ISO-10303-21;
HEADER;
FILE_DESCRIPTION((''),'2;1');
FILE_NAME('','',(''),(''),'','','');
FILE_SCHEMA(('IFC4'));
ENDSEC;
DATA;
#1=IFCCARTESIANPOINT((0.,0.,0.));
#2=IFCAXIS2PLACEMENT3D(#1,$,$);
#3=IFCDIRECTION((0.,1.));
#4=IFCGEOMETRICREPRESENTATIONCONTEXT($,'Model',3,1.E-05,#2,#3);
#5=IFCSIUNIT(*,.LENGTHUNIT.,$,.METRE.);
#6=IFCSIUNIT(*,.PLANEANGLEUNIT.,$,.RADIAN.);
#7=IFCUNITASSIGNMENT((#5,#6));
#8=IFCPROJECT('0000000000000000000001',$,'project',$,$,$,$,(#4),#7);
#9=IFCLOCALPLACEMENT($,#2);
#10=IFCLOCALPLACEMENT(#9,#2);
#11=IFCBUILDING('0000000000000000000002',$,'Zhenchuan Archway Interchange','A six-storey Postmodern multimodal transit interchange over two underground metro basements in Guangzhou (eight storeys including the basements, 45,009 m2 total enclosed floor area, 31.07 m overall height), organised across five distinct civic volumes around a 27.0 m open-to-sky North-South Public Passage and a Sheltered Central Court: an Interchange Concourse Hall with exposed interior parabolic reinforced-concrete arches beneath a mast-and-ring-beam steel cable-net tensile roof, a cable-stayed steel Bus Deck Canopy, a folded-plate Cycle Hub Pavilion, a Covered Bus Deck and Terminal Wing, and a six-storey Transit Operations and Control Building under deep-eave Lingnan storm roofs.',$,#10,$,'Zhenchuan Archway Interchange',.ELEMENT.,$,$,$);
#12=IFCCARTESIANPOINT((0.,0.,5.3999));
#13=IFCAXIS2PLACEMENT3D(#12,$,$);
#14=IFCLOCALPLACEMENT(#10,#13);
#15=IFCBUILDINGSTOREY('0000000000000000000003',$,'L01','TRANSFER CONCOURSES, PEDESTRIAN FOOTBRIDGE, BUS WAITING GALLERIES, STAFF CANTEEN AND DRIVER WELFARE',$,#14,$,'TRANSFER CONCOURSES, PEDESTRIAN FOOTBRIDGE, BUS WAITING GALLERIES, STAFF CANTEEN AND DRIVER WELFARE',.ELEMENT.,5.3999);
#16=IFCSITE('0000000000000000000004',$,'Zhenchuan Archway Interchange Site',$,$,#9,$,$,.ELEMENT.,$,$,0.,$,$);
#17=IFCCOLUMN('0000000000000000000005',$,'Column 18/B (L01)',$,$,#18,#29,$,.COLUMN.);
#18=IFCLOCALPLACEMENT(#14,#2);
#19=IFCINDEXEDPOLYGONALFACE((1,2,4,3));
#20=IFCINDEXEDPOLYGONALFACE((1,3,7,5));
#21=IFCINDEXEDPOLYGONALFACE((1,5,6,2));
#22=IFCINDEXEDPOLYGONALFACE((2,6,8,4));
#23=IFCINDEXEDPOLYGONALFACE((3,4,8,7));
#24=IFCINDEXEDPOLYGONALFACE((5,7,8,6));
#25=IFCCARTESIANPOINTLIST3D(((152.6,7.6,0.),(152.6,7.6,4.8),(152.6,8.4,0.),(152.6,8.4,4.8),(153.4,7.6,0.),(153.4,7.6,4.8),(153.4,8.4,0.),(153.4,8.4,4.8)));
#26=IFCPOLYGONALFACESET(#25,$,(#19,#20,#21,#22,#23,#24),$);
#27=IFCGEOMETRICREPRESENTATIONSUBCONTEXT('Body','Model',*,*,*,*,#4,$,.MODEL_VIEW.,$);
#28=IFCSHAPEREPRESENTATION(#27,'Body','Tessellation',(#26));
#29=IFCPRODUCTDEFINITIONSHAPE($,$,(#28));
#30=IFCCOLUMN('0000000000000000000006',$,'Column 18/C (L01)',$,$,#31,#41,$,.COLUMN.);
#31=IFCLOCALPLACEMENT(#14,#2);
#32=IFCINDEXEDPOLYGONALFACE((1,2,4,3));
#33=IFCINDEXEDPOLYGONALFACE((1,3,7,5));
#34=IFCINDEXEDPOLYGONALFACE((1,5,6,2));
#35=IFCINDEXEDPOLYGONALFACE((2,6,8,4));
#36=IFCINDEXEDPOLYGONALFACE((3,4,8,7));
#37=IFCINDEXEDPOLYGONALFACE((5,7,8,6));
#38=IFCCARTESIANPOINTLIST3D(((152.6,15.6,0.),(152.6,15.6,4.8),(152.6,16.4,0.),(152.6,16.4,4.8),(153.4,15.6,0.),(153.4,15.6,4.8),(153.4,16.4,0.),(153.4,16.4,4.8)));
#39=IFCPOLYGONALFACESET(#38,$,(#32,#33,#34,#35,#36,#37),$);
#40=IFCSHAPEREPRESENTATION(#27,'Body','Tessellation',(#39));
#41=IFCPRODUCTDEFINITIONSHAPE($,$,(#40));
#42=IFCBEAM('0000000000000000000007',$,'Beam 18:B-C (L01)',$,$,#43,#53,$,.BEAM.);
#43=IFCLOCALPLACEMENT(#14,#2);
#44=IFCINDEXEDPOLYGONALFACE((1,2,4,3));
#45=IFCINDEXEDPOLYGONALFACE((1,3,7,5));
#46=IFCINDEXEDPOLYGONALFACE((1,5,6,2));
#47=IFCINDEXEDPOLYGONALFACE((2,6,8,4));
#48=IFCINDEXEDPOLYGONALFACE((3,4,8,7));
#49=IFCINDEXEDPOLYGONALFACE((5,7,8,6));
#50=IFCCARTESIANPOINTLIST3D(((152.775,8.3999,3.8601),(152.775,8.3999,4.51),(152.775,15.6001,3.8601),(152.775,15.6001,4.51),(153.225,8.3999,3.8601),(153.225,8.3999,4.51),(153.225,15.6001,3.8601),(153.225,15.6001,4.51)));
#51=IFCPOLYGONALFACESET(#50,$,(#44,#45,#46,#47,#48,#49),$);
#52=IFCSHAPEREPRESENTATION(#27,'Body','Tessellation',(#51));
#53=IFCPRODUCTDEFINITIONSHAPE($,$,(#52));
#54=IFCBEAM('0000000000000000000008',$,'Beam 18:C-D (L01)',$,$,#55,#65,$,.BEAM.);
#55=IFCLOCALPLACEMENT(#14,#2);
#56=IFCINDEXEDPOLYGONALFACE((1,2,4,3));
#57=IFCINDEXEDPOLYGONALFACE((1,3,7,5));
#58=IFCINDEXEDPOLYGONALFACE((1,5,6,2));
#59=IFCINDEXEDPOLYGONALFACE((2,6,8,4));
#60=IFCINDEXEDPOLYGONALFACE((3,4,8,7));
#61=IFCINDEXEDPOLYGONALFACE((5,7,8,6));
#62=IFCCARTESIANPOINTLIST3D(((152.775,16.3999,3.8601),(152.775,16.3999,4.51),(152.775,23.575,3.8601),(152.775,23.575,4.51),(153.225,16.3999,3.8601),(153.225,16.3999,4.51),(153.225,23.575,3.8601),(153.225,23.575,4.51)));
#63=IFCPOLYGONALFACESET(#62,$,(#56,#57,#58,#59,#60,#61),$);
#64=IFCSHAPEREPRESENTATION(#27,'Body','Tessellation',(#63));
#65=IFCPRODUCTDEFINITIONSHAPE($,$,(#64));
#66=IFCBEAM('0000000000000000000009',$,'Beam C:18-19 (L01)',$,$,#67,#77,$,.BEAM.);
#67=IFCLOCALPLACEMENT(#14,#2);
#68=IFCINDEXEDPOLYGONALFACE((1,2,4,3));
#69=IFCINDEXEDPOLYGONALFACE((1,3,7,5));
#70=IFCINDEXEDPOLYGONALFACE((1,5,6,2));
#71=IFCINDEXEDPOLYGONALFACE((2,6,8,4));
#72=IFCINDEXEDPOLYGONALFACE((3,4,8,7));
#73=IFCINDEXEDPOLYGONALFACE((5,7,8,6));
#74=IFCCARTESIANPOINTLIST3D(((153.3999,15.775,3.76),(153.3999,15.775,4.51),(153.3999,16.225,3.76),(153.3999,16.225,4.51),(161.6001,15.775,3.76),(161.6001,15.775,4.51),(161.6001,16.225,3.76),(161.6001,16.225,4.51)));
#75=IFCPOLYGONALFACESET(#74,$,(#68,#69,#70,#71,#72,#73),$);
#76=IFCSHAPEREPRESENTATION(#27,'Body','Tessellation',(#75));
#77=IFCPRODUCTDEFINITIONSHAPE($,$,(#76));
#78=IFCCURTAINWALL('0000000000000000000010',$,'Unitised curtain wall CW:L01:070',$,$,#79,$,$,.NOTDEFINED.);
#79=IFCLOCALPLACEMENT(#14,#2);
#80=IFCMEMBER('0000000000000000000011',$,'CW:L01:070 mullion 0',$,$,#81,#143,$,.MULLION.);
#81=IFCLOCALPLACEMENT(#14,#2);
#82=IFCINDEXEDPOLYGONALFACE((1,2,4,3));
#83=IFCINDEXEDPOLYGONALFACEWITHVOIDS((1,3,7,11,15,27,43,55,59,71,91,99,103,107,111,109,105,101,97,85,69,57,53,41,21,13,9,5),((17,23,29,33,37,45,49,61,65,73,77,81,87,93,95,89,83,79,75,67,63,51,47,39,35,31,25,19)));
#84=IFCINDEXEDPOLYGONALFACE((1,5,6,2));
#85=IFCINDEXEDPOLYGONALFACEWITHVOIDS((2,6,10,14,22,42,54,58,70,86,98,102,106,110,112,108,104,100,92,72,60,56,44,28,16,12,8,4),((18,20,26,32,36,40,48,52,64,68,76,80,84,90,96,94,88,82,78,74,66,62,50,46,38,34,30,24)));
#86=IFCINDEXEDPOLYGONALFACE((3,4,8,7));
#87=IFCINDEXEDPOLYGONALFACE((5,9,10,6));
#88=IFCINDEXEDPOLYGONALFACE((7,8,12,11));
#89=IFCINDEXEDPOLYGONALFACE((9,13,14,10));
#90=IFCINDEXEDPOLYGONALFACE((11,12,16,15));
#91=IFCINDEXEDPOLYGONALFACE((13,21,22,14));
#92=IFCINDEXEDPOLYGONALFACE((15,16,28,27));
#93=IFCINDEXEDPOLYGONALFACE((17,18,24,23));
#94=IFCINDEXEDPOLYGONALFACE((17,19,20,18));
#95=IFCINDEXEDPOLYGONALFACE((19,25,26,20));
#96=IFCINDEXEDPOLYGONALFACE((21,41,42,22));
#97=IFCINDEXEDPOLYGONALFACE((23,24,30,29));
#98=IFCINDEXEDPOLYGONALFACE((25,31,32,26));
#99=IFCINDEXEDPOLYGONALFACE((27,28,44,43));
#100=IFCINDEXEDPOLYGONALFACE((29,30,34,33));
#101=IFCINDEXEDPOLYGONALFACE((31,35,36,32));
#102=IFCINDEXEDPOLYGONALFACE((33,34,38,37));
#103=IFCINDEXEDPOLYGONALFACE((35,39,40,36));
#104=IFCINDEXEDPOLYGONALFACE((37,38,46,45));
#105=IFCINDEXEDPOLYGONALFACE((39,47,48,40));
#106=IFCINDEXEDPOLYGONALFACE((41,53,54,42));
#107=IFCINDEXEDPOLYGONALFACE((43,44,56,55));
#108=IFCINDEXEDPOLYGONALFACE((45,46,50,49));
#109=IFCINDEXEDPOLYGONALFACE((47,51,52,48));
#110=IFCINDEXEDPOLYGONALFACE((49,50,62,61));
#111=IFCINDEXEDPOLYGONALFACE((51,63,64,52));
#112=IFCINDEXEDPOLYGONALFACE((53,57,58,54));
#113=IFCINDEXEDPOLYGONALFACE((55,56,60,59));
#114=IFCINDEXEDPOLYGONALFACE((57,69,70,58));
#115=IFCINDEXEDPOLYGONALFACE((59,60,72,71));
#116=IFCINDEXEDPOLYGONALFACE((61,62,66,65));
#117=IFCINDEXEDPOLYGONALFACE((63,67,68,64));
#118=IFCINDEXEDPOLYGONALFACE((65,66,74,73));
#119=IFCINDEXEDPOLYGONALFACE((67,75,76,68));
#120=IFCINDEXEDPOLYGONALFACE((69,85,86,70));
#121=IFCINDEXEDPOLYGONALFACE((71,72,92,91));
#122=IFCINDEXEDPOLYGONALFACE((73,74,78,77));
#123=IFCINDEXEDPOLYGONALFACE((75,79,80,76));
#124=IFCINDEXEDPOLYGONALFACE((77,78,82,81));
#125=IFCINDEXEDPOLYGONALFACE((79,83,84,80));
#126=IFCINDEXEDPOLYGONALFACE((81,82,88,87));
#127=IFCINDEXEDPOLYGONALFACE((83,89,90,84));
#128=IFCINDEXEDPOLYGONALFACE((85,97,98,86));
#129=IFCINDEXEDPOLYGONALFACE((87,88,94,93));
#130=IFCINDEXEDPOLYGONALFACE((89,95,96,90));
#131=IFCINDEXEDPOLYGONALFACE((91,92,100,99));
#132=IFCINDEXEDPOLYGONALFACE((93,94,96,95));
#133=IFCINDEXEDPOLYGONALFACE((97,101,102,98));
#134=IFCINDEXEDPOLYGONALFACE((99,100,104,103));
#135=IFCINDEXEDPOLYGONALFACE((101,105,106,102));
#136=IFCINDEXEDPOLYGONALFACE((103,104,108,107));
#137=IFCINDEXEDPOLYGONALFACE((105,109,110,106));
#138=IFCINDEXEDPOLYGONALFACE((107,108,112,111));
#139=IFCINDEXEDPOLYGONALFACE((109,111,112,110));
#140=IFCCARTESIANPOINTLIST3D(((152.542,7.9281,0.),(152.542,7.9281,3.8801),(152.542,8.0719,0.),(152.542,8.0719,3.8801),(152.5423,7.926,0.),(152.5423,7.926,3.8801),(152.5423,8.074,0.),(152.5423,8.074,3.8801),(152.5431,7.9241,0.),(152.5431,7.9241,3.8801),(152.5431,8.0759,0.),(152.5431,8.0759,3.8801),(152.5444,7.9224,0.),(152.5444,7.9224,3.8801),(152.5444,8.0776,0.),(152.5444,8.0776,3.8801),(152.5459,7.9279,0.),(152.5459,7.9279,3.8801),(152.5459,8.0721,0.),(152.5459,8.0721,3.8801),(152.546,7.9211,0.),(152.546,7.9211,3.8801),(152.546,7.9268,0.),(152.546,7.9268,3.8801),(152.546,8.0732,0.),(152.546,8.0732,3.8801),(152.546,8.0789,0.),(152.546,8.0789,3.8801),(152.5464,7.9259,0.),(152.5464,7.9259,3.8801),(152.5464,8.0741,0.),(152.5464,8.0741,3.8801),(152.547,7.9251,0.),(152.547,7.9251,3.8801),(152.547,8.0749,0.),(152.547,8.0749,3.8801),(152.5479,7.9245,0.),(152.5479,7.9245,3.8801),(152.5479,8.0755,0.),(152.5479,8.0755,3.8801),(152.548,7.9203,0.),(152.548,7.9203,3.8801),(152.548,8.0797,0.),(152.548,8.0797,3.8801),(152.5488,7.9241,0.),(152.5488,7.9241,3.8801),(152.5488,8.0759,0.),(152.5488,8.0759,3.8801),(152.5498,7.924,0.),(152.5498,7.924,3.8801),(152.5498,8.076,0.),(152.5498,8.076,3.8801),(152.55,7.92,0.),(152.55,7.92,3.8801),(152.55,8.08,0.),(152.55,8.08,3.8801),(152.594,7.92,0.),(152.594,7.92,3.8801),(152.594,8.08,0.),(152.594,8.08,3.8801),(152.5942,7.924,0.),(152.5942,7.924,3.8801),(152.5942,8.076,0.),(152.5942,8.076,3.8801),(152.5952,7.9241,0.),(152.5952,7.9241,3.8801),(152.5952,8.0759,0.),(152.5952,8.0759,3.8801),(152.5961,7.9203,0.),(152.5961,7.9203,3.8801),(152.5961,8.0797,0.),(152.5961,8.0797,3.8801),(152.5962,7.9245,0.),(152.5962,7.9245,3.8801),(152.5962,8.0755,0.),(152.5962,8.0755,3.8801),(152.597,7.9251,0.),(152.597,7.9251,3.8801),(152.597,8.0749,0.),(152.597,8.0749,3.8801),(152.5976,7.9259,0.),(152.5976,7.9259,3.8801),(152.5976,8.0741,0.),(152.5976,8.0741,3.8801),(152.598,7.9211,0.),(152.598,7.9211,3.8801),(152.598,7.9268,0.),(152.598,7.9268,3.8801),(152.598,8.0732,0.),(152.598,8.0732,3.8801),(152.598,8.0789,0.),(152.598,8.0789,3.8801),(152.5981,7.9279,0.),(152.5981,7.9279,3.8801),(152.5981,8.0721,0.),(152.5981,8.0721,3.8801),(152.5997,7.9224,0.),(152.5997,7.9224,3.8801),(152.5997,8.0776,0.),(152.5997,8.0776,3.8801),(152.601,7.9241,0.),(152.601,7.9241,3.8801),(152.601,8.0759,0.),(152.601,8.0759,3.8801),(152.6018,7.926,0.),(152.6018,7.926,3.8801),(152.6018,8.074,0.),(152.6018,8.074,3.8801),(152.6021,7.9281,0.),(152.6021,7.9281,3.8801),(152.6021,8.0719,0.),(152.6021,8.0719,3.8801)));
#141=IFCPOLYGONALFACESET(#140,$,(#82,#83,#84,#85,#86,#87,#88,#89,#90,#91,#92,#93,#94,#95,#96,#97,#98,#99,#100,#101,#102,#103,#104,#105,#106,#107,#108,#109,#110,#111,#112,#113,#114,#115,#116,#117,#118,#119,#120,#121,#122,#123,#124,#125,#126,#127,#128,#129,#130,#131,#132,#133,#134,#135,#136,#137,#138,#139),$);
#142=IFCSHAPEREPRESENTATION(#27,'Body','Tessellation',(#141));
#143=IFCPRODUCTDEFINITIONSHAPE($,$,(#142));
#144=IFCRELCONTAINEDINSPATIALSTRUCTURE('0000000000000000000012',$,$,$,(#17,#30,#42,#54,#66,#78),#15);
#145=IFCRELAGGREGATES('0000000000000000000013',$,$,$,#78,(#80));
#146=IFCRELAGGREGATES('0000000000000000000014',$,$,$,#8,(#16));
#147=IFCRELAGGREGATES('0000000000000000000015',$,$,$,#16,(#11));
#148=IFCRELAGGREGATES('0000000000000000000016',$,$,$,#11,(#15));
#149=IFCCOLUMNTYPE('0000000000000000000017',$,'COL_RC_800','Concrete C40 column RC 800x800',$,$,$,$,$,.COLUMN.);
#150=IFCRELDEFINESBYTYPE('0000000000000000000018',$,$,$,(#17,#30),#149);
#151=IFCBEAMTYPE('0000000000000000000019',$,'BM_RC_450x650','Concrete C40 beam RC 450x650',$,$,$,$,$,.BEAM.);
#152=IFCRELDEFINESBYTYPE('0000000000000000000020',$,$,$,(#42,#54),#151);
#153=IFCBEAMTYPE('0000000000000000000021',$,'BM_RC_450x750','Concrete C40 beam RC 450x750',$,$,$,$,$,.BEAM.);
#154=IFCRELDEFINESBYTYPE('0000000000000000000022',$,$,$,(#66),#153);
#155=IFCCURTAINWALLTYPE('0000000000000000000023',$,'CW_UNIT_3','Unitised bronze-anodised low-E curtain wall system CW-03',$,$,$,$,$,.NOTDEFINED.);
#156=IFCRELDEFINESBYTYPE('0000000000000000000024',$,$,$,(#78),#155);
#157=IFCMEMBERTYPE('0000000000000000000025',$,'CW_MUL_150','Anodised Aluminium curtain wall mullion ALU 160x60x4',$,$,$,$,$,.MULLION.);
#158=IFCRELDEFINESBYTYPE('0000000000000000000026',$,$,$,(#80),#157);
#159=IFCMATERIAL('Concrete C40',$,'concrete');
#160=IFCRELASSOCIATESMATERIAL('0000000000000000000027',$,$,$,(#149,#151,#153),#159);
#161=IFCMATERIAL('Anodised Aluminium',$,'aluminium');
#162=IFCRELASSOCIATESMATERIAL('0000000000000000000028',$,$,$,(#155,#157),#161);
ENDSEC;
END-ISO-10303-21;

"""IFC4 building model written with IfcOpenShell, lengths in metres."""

from ifc_helpers import new_model, si_unit, direction, frame, origin, origin_2d, place, context, subcontext, project, spatial, rectangle, hollow_rectangle, extrude, material, material_profile, profile_set, type_object, element, aggregate, save


model = new_model("IFC4")

# Units and contexts
model_context = context("Model", 3, precision=1e-05, world=origin(), true_north=direction((0.0, 1.0)))
body_context = subcontext(model_context, "Body", "Model", "MODEL_VIEW")
ifc_project = project(units=[si_unit("LENGTHUNIT", "METRE"), si_unit("PLANEANGLEUNIT", "RADIAN")], contexts=[model_context])

# Site, building, storey
site_placement = place(None, origin())
site = spatial("IfcSite", under=ifc_project, at=site_placement, Name="Zhenchuan Archway Interchange Site", CompositionType="ELEMENT", RefElevation=0.0)
building_placement = place(site_placement, origin())
building = spatial("IfcBuilding", under=site, at=building_placement, Name="Zhenchuan Archway Interchange", Description="A six-storey Postmodern multimodal transit interchange over two underground metro basements in Guangzhou (eight storeys including the basements, 45,009 m2 total enclosed floor area, 31.07 m overall height), organised across five distinct civic volumes around a 27.0 m open-to-sky North-South Public Passage and a Sheltered Central Court: an Interchange Concourse Hall with exposed interior parabolic reinforced-concrete arches beneath a mast-and-ring-beam steel cable-net tensile roof, a cable-stayed steel Bus Deck Canopy, a folded-plate Cycle Hub Pavilion, a Covered Bus Deck and Terminal Wing, and a six-storey Transit Operations and Control Building under deep-eave Lingnan storm roofs.", LongName="Zhenchuan Archway Interchange", CompositionType="ELEMENT")
storey_placement = place(building_placement, frame((0.0, 0.0, 5.3999)))
storey = spatial("IfcBuildingStorey", under=building, at=storey_placement, Name="L01", Description="TRANSFER CONCOURSES, PEDESTRIAN FOOTBRIDGE, BUS WAITING GALLERIES, STAFF CANTEEN AND DRIVER WELFARE", LongName="TRANSFER CONCOURSES, PEDESTRIAN FOOTBRIDGE, BUS WAITING GALLERIES, STAFF CANTEEN AND DRIVER WELFARE", CompositionType="ELEMENT", Elevation=5.3999)

# Columns
ifc_material_1 = material(Name="Concrete C40", Category="concrete")
ifc_material_profile_1 = material_profile(ifc_material_1, rectangle(XDim=0.8, YDim=0.8, at=origin_2d()), Name="RC 800x800")
ifc_profile_set_1 = profile_set([ifc_material_profile_1], Name="Concrete C40")
column_type = type_object("IfcColumnType", Name="COL_RC_800", Description="Concrete C40 column RC 800x800", PredefinedType="COLUMN", material=ifc_profile_set_1)
for number, where, z_axis, x_axis, name in (
    (1, (153.0, 8.0, 0.0), (0.0, 0.0, 1.0), (1.0, 0.0, 0.0), "Column 18/B (L01)"),
    (2, (153.0, 16.0, 0.0), (0.0, 0.0, 1.0), (1.0, 0.0, 0.0), "Column 18/C (L01)"),
):
    element("IfcColumn", number, at=place(storey_placement, frame(where, z_axis=z_axis, x_axis=x_axis)), inside=storey, type_object=column_type, Name=name, PredefinedType="COLUMN", context=body_context, shape_type="SweptSolid", body=[
        extrude(rectangle(XDim=0.8, YDim=0.8, at=origin_2d()), origin(), (0.0, 0.0, 1.0), 4.8),
    ])

# Beams
ifc_material_profile_2 = material_profile(ifc_material_1, rectangle(XDim=0.45, YDim=0.6499, at=origin_2d()), Name="RC 450x650")
ifc_profile_set_2 = profile_set([ifc_material_profile_2], Name="Concrete C40")
beam_type_1 = type_object("IfcBeamType", Name="BM_RC_450x650", Description="Concrete C40 beam RC 450x650", PredefinedType="BEAM", material=ifc_profile_set_2)
beam_1_placement = place(storey_placement, frame((153.0, 8.3999, 4.1851), z_axis=(0.0, 1.0, 0.0), x_axis=(-1.0, 0.0, 0.0)))
element("IfcBeam", 3, at=beam_1_placement, inside=storey, type_object=beam_type_1, Name="Beam 18:B-C (L01)", PredefinedType="BEAM", context=body_context, shape_type="SweptSolid", body=[
    extrude(rectangle(XDim=0.45, YDim=0.6499, at=origin_2d()), origin(), (0.0, 0.0, 1.0), 7.2002),
])
beam_2_placement = place(storey_placement, frame((153.0, 16.3999, 4.1851), z_axis=(0.0, 1.0, 0.0), x_axis=(-1.0, 0.0, 0.0)))
element("IfcBeam", 4, at=beam_2_placement, inside=storey, type_object=beam_type_1, Name="Beam 18:C-D (L01)", PredefinedType="BEAM", context=body_context, shape_type="SweptSolid", body=[
    extrude(rectangle(XDim=0.45, YDim=0.6499, at=origin_2d()), origin(), (0.0, 0.0, 1.0), 7.175),
])
ifc_material_profile_3 = material_profile(ifc_material_1, rectangle(XDim=0.45, YDim=0.75, at=origin_2d()), Name="RC 450x750")
ifc_profile_set_3 = profile_set([ifc_material_profile_3], Name="Concrete C40")
beam_type_2 = type_object("IfcBeamType", Name="BM_RC_450x750", Description="Concrete C40 beam RC 450x750", PredefinedType="BEAM", material=ifc_profile_set_3)
beam_3_placement = place(storey_placement, frame((153.3999, 16.0, 4.135), z_axis=(1.0, 0.0, 0.0), x_axis=(0.0, 1.0, 0.0)))
element("IfcBeam", 5, at=beam_3_placement, inside=storey, type_object=beam_type_2, Name="Beam C:18-19 (L01)", PredefinedType="BEAM", context=body_context, shape_type="SweptSolid", body=[
    extrude(rectangle(XDim=0.45, YDim=0.75, at=origin_2d()), origin(), (0.0, 0.0, 1.0), 8.2002),
])

# Curtain wall, member
ifc_material_2 = material(Name="Anodised Aluminium", Category="aluminium")
curtain_wall_type = type_object("IfcCurtainWallType", Name="CW_UNIT_3", Description="Unitised bronze-anodised low-E curtain wall system CW-03", PredefinedType="NOTDEFINED", material=ifc_material_2)
curtain_wall_placement = place(storey_placement, origin())
curtain_wall = element("IfcCurtainWall", 6, at=curtain_wall_placement, inside=storey, type_object=curtain_wall_type, Name="Unitised curtain wall CW:L01:070", PredefinedType="NOTDEFINED")
ifc_material_profile_4 = material_profile(ifc_material_2, hollow_rectangle(XDim=0.0601, YDim=0.1599, WallThickness=0.0039, InnerFilletRadius=0.0039, OuterFilletRadius=0.0081, at=origin_2d()), Name="ALU 160x60x4")
ifc_profile_set_4 = profile_set([ifc_material_profile_4], Name="Anodised Aluminium")
member_type_1 = type_object("IfcMemberType", Name="CW_MUL_150", Description="Anodised Aluminium curtain wall mullion ALU 160x60x4", PredefinedType="MULLION", material=ifc_profile_set_4)
member_1_placement = place(storey_placement, frame((152.572, 8.0, 0.0), z_axis=(0.0, 0.0, 1.0), x_axis=(1.0, 0.0, 0.0)))
member_1 = element("IfcMember", 7, at=member_1_placement, type_object=member_type_1, Name="CW:L01:070 mullion 0", PredefinedType="MULLION", context=body_context, shape_type="SweptSolid", body=[
    extrude(hollow_rectangle(XDim=0.0601, YDim=0.1599, WallThickness=0.0039, InnerFilletRadius=0.0039, OuterFilletRadius=0.0081, at=origin_2d()), origin(), (0.0, 0.0, 1.0), 3.8801),
])

aggregate(curtain_wall, [member_1])

save(model, "model.ifc")
